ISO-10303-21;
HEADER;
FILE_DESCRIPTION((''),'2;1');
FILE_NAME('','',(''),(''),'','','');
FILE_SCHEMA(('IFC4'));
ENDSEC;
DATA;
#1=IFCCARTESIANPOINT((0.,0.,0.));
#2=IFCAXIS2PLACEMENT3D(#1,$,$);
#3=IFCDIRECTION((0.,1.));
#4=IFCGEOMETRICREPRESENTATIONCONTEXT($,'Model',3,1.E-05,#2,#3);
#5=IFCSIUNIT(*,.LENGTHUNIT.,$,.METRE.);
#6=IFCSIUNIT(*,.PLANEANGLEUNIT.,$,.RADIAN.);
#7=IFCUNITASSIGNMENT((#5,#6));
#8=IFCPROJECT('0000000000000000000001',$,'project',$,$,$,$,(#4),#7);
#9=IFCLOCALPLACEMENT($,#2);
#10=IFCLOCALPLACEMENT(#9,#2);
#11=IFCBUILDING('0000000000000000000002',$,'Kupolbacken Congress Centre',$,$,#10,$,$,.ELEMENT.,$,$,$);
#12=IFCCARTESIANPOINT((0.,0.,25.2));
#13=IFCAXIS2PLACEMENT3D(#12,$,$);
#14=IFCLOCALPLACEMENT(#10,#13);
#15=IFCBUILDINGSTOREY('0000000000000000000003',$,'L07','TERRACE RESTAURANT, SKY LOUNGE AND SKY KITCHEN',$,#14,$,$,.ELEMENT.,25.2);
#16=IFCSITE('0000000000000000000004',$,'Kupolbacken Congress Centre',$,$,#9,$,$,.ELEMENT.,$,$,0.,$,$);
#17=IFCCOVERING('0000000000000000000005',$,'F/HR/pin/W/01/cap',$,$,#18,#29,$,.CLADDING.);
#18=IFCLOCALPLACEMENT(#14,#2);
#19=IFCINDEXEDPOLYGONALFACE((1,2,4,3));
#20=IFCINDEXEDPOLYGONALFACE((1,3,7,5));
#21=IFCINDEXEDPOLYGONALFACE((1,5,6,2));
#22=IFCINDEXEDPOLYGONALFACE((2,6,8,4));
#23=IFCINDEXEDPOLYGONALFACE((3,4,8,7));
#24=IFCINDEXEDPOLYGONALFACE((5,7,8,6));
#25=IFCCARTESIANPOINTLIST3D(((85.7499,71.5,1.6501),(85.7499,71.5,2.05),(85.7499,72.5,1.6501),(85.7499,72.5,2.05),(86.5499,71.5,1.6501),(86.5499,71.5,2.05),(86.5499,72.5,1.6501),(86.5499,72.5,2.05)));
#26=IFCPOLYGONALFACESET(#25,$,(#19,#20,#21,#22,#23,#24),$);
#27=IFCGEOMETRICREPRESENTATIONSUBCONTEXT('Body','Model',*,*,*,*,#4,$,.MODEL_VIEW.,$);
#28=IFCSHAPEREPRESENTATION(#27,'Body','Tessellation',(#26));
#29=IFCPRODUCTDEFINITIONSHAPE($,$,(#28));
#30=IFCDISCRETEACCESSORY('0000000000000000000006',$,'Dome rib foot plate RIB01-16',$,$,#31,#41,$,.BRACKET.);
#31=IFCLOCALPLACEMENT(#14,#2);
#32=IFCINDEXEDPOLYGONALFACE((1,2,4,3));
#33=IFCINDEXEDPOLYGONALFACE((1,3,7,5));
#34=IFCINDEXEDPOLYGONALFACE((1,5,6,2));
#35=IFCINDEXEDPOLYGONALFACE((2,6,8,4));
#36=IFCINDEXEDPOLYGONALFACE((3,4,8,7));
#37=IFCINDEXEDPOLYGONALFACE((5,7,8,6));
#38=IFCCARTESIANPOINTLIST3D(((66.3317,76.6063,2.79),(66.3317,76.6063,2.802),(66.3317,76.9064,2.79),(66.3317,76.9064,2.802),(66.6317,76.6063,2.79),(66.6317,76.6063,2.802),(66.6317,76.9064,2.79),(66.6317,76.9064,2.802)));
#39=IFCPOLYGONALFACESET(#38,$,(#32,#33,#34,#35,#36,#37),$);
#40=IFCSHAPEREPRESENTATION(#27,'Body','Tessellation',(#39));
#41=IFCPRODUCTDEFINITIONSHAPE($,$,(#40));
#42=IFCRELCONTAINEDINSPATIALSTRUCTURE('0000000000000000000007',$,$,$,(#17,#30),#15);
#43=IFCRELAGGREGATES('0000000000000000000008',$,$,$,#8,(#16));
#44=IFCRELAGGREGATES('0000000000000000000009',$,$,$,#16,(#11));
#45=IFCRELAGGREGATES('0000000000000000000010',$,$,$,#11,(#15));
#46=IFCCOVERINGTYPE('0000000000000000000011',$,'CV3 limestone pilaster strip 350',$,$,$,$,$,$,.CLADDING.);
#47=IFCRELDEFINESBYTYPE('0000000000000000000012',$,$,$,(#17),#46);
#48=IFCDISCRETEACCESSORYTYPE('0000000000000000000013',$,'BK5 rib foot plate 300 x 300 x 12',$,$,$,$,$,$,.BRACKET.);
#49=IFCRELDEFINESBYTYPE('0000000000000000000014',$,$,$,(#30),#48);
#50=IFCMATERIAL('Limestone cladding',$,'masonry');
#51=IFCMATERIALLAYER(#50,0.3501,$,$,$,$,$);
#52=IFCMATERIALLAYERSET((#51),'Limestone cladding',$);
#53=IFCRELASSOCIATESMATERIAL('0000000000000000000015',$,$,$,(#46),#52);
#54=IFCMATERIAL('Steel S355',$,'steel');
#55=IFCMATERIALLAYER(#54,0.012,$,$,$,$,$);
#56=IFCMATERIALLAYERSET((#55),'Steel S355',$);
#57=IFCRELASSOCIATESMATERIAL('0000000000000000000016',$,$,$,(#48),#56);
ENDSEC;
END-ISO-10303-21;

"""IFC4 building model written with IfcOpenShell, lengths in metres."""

from ifc_helpers import new_model, si_unit, direction, frame, origin, origin_2d, place, context, subcontext, project, spatial, rectangle, extrude, material, layer, layer_set, type_object, element, save


model = new_model("IFC4")

# Units and contexts
model_context = context("Model", 3, precision=1e-05, world=origin(), true_north=direction((0.0, 1.0)))
body_context = subcontext(model_context, "Body", "Model", "MODEL_VIEW")
ifc_project = project(units=[si_unit("LENGTHUNIT", "METRE"), si_unit("PLANEANGLEUNIT", "RADIAN")], contexts=[model_context])

# Site, building, storey
site_placement = place(None, origin())
site = spatial("IfcSite", under=ifc_project, at=site_placement, Name="Kupolbacken Congress Centre", CompositionType="ELEMENT", RefElevation=0.0)
building_placement = place(site_placement, origin())
building = spatial("IfcBuilding", under=site, at=building_placement, Name="Kupolbacken Congress Centre", CompositionType="ELEMENT")
storey_placement = place(building_placement, frame((0.0, 0.0, 25.2)))
storey = spatial("IfcBuildingStorey", under=building, at=storey_placement, Name="L07", Description="TERRACE RESTAURANT, SKY LOUNGE AND SKY KITCHEN", CompositionType="ELEMENT", Elevation=25.2)

# Covering
ifc_material_1 = material(Name="Limestone cladding", Category="masonry")
ifc_layer_1 = layer(ifc_material_1, 0.3501)
ifc_layer_set_1 = layer_set([ifc_layer_1], Name="Limestone cladding")
covering_type = type_object("IfcCoveringType", Name="CV3 limestone pilaster strip 350", PredefinedType="CLADDING", material=ifc_layer_set_1)
for number, where, z_axis, x_axis, name in (
    (1, (86.1499, 72.0, 1.6501), (0.0, 0.0, 1.0), (0.0, 1.0, 0.0), "F/HR/pin/W/01/cap"),
):
    element("IfcCovering", number, at=place(storey_placement, frame(where, z_axis=z_axis, x_axis=x_axis)), inside=storey, type_object=covering_type, Name=name, PredefinedType="CLADDING", context=body_context, shape_type="SweptSolid", body=[
        extrude(rectangle(XDim=1.0, YDim=0.8, at=origin_2d()), origin(), (0.0, 0.0, 1.0), 0.3999),
    ])

# Discrete accessory
ifc_material_2 = material(Name="Steel S355", Category="steel")
ifc_layer_2 = layer(ifc_material_2, 0.012)
ifc_layer_set_2 = layer_set([ifc_layer_2], Name="Steel S355")
discrete_accessory_type = type_object("IfcDiscreteAccessoryType", Name="BK5 rib foot plate 300 x 300 x 12", PredefinedType="BRACKET", material=ifc_layer_set_2)
discrete_accessory_placement = place(storey_placement, frame((66.4817, 76.7563, 2.79), z_axis=(0.0, 0.0, 1.0), x_axis=(1.0, 0.0, 0.0)))
element("IfcDiscreteAccessory", 2, at=discrete_accessory_placement, inside=storey, type_object=discrete_accessory_type, Name="Dome rib foot plate RIB01-16", PredefinedType="BRACKET", context=body_context, shape_type="SweptSolid", body=[
    extrude(rectangle(XDim=0.3, YDim=0.3, at=origin_2d()), origin(), (0.0, 0.0, 1.0), 0.012),
])

save(model, "model.ifc")
